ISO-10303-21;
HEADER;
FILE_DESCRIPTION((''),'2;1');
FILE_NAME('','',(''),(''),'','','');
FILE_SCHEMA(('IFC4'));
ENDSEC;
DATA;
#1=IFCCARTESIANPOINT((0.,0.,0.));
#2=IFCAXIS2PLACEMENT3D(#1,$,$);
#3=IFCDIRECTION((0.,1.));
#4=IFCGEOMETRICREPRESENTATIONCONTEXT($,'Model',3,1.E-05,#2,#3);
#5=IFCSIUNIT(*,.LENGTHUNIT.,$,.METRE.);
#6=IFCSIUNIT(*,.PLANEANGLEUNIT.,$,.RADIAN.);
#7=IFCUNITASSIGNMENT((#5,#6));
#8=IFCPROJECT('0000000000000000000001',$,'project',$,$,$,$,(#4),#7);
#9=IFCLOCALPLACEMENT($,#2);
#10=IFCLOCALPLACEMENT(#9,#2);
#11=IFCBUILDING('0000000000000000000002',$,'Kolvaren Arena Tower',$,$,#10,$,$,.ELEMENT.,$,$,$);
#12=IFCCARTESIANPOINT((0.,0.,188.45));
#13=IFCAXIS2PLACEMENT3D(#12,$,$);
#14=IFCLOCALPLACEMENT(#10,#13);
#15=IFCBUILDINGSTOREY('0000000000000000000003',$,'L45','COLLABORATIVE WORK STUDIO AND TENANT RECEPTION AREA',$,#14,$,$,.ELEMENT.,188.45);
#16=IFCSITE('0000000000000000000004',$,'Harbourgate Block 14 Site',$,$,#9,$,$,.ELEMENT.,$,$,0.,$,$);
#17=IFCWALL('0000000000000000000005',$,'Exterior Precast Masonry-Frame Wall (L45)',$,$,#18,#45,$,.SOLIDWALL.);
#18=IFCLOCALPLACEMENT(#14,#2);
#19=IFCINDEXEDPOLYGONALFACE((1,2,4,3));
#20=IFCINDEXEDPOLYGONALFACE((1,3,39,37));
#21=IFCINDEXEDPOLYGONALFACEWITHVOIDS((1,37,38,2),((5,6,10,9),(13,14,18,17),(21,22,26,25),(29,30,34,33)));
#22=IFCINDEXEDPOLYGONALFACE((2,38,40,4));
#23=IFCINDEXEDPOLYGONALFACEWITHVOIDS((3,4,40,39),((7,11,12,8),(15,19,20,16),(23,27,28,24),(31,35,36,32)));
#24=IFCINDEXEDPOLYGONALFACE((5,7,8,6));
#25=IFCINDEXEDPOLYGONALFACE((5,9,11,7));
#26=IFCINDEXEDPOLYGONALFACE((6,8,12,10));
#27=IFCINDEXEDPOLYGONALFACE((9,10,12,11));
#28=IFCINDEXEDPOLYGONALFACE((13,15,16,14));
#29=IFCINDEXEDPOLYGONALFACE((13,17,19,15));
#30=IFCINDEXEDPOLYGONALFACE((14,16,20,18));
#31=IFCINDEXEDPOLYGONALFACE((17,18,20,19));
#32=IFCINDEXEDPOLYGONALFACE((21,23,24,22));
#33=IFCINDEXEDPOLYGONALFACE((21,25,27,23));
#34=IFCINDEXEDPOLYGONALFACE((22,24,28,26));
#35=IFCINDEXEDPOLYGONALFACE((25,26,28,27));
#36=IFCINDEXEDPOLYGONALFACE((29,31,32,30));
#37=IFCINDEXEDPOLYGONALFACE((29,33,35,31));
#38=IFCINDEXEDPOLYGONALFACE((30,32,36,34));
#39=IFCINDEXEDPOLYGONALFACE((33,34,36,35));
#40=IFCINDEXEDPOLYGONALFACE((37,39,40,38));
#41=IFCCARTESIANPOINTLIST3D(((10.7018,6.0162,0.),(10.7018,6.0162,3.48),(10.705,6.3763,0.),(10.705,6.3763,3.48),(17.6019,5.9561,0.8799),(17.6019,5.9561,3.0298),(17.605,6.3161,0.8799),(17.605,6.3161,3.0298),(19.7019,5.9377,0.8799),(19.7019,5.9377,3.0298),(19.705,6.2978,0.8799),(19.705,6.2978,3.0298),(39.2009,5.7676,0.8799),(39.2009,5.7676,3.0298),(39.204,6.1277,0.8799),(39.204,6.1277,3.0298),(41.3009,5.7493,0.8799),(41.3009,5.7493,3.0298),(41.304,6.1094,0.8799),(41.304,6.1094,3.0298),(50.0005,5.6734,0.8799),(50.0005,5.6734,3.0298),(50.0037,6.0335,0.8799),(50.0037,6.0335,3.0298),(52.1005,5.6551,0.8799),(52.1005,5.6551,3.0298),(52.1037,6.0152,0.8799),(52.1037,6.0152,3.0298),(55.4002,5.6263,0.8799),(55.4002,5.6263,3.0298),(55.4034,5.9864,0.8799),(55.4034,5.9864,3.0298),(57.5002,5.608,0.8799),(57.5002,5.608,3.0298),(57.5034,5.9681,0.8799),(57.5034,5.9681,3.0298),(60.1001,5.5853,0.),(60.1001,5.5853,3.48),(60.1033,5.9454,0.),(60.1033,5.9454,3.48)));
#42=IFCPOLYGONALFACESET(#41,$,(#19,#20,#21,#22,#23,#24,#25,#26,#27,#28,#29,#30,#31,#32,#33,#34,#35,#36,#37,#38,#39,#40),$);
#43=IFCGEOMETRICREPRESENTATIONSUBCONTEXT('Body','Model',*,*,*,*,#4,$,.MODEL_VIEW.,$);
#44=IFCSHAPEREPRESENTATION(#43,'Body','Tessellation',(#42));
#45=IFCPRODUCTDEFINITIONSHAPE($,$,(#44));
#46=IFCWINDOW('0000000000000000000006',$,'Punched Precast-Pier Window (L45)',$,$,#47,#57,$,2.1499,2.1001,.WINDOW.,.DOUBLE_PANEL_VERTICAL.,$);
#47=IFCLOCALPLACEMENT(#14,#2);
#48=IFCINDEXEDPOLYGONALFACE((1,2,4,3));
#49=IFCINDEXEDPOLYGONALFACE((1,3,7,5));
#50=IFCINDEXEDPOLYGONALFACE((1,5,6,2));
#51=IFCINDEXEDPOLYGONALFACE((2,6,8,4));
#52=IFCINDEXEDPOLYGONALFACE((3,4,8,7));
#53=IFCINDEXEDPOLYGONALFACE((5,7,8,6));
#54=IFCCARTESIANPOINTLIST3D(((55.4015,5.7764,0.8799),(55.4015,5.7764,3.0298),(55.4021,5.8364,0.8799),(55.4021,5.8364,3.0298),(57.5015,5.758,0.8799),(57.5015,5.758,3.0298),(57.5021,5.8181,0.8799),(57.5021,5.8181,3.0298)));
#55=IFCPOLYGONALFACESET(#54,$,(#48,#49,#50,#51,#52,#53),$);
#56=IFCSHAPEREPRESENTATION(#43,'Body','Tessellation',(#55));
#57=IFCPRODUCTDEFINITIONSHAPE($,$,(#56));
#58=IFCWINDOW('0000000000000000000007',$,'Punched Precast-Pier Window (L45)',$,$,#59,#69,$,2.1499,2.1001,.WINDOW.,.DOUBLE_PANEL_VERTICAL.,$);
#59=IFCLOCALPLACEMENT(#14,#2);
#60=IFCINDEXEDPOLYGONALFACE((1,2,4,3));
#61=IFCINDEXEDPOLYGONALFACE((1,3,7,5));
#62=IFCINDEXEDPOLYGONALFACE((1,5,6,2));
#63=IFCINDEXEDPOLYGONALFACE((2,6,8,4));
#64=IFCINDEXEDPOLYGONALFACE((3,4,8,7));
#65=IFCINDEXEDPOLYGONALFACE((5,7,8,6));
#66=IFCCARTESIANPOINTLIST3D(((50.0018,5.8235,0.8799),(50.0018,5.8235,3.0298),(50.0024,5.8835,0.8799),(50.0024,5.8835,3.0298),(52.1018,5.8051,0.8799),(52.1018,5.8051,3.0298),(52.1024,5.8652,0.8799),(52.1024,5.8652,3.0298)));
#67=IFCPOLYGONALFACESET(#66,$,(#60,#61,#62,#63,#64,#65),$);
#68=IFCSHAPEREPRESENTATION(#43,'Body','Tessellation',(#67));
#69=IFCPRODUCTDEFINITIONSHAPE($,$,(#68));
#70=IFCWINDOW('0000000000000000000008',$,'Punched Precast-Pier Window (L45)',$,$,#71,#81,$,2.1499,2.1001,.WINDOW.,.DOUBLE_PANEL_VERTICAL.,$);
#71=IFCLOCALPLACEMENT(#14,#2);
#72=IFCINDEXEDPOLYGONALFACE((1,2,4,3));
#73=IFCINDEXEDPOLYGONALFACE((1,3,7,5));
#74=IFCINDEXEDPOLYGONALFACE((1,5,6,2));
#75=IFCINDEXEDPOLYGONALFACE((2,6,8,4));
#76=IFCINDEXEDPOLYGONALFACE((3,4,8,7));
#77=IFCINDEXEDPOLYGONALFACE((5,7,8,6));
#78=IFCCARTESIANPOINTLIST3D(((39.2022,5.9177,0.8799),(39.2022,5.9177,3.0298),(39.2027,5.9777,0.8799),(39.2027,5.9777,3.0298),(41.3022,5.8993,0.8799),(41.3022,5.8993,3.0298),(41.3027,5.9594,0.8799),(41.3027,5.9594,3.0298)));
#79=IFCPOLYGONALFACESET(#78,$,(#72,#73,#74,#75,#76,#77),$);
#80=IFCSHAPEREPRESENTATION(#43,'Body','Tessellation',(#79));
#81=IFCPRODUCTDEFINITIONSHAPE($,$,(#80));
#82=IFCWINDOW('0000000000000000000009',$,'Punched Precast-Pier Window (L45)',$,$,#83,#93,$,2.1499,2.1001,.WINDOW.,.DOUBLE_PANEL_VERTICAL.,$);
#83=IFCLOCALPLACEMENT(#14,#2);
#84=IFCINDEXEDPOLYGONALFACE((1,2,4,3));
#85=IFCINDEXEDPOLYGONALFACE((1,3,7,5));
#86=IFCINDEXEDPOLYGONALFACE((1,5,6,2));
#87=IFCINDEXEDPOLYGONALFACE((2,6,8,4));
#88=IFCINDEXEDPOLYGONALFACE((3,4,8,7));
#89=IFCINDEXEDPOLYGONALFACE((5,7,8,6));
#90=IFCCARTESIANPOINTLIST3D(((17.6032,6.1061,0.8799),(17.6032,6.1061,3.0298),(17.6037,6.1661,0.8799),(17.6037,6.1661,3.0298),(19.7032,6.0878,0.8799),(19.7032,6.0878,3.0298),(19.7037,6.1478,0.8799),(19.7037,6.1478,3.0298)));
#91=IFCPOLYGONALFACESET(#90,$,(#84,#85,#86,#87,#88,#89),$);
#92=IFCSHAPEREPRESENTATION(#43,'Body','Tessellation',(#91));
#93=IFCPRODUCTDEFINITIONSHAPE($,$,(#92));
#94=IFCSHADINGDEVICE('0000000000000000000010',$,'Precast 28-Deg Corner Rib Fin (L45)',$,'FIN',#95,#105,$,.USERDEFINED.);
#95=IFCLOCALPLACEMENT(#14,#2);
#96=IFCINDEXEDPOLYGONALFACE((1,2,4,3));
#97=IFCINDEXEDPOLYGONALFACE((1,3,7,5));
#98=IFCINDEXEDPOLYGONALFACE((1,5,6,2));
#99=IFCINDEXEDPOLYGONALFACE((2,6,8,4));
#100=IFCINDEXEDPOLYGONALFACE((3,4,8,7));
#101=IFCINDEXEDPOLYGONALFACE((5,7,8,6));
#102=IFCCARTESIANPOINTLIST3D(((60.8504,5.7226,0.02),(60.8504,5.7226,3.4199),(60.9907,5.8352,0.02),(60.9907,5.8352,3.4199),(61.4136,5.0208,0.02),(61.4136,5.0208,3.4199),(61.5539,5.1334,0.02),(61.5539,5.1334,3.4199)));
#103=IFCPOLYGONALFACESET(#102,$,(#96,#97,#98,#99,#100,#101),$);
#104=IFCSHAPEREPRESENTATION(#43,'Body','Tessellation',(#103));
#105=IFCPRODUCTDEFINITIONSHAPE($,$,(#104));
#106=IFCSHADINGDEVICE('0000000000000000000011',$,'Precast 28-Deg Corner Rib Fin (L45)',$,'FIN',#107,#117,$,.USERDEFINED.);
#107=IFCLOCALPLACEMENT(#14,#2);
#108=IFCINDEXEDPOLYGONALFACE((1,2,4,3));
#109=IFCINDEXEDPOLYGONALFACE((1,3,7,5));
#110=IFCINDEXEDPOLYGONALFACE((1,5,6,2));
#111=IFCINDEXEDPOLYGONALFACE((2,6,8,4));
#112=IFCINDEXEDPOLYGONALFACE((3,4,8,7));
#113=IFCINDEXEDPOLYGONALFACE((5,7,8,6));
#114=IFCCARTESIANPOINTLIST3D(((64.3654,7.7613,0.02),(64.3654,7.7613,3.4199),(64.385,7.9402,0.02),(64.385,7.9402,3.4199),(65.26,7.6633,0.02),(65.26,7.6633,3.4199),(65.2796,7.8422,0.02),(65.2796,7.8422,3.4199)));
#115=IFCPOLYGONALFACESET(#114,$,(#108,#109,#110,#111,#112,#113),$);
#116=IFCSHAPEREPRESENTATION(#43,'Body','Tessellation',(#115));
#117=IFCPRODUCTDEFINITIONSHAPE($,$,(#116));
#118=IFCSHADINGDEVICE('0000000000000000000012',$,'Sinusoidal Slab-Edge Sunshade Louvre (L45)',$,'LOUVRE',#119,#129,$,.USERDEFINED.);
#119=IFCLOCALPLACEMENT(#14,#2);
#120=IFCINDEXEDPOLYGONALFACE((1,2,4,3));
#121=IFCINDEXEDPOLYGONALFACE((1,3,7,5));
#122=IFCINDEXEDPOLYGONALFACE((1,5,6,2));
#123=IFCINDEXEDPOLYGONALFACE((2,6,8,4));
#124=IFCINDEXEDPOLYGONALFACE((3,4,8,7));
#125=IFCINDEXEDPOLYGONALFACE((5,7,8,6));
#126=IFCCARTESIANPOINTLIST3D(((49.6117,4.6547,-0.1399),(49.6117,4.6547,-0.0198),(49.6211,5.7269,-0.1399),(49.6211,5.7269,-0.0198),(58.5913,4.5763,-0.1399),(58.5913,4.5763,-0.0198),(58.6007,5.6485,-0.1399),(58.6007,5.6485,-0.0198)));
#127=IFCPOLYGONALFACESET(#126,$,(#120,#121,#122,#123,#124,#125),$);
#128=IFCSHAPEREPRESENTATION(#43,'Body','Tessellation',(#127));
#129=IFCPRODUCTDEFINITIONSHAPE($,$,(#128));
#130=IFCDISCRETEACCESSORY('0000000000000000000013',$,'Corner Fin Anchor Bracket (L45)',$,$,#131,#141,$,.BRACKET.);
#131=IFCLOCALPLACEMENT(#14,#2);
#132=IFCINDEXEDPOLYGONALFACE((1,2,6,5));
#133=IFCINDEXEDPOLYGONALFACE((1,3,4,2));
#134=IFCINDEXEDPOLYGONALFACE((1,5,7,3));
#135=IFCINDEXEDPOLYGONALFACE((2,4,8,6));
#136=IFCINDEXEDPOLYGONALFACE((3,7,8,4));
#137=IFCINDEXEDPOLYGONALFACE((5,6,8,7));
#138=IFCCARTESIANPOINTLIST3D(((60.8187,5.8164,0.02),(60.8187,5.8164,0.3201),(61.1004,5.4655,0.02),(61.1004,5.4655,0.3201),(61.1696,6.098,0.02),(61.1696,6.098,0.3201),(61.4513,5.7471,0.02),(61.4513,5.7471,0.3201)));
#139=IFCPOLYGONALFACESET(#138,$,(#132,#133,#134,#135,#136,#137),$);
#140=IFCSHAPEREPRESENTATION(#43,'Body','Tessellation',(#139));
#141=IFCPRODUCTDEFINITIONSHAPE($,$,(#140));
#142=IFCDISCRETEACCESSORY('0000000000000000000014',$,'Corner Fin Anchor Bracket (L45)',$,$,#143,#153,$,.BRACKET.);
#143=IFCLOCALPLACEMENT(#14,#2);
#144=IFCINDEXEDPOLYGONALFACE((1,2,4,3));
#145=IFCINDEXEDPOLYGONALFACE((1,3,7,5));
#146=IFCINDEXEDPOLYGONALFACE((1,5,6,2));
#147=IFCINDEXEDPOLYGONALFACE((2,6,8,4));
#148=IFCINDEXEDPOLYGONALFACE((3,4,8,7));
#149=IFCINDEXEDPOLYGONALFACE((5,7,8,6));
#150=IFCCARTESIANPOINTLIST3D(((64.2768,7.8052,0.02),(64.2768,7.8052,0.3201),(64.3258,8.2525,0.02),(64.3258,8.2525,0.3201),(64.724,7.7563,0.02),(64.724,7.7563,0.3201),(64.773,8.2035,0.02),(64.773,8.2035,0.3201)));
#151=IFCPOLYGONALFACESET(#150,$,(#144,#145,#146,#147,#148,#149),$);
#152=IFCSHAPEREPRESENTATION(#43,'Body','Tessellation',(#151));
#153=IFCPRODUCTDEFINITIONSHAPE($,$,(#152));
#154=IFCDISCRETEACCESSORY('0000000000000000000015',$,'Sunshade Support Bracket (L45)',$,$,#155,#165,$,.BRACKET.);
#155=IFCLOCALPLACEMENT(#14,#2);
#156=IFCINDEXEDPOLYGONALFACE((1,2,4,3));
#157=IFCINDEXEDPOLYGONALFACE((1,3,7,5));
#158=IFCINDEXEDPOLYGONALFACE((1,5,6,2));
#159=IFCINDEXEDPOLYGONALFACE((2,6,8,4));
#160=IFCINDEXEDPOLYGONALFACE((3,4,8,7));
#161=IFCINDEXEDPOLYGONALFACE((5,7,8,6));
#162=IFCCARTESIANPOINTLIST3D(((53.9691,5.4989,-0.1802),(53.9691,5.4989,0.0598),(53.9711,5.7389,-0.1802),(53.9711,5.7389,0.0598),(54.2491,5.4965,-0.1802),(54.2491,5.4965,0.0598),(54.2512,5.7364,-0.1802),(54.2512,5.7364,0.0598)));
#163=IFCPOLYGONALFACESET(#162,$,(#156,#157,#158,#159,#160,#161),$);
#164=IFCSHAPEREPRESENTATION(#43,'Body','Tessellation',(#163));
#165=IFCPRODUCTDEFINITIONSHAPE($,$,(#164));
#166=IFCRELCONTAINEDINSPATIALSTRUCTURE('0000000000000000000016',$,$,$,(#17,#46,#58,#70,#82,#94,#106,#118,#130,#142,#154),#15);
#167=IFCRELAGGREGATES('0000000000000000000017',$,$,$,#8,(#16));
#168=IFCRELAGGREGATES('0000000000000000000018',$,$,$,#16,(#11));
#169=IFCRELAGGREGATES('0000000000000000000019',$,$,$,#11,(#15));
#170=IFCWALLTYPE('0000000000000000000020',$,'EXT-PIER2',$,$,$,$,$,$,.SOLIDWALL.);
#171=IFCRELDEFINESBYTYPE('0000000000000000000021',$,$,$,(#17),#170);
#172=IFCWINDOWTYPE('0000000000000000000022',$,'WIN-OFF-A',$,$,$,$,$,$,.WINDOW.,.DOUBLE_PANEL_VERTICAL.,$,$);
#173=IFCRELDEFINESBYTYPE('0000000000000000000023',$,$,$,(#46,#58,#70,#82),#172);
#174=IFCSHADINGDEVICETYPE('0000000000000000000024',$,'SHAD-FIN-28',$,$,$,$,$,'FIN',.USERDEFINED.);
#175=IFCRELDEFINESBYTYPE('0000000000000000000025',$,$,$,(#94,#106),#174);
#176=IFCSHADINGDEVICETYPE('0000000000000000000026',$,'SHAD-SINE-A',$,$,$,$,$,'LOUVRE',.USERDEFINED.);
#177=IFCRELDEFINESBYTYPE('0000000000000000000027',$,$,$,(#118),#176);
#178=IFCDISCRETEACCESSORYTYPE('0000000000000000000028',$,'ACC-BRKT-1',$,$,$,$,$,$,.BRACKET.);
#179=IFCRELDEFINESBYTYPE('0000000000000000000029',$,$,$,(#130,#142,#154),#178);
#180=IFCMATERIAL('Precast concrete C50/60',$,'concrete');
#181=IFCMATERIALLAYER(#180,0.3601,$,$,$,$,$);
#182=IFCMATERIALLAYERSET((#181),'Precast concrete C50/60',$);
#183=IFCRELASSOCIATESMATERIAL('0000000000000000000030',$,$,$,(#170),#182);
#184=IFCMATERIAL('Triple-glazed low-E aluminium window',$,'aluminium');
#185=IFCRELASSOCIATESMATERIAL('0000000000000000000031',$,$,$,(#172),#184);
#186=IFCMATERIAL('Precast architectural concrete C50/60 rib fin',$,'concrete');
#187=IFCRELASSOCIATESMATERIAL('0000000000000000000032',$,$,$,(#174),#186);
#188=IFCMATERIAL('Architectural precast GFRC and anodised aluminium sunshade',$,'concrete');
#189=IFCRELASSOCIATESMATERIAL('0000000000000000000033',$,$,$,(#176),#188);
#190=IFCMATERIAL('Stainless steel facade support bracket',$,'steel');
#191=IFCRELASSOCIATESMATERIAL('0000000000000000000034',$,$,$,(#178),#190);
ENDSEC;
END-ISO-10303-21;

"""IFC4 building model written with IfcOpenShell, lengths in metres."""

from ifc_helpers import new_model, si_unit, direction, frame, frame_2d, origin, origin_2d, place, context, subcontext, project, spatial, rectangle, extrude, material, layer, layer_set, type_object, element, fill, save


model = new_model("IFC4")

# Units and contexts
model_context = context("Model", 3, precision=1e-05, world=origin(), true_north=direction((0.0, 1.0)))
body_context = subcontext(model_context, "Body", "Model", "MODEL_VIEW")
ifc_project = project(units=[si_unit("LENGTHUNIT", "METRE"), si_unit("PLANEANGLEUNIT", "RADIAN")], contexts=[model_context])

# Site, building, storey
site_placement = place(None, origin())
site = spatial("IfcSite", under=ifc_project, at=site_placement, Name="Harbourgate Block 14 Site", CompositionType="ELEMENT", RefElevation=0.0)
building_placement = place(site_placement, origin())
building = spatial("IfcBuilding", under=site, at=building_placement, Name="Kolvaren Arena Tower", CompositionType="ELEMENT")
storey_placement = place(building_placement, frame((0.0, 0.0, 188.45)))
storey = spatial("IfcBuildingStorey", under=building, at=storey_placement, Name="L45", Description="COLLABORATIVE WORK STUDIO AND TENANT RECEPTION AREA", CompositionType="ELEMENT", Elevation=188.45)

# Shared definitions
ifc_material_1 = material(Name="Precast concrete C50/60", Category="concrete")
ifc_layer_1 = layer(ifc_material_1, 0.3601)
ifc_layer_set_1 = layer_set([ifc_layer_1], Name="Precast concrete C50/60")
wall_type_1 = type_object("IfcWallType", Name="EXT-PIER2", PredefinedType="SOLIDWALL", material=ifc_layer_set_1)

# Wall, openings, windows
wall_1_placement = place(storey_placement, frame((60.1018, 5.7654, 0.0), z_axis=(0.0, 0.0, 1.0), x_axis=(-0.999962, 0.008723, 0.0)))
wall_1 = element("IfcWall", 1, at=wall_1_placement, inside=storey, type_object=wall_type_1, Name="Exterior Precast Masonry-Frame Wall (L45)", PredefinedType="SOLIDWALL", context=body_context, shape_type="SweptSolid", body=[
    extrude(rectangle(XDim=49.4001, YDim=0.3601, at=frame_2d((24.7002, 0.0))), origin(), (0.0, 0.0, 1.0), 3.48),
])
opening_1_placement = place(wall_1_placement, frame((2.6001, 0.0, 0.8799)))
opening_1 = element("IfcOpeningElement", 2, at=opening_1_placement, cuts=wall_1, PredefinedType="OPENING", context=body_context, shape_type="SweptSolid", body=[
    extrude(rectangle(XDim=2.1001, YDim=2.1499, at=frame_2d((1.05, 1.075))), frame((0.0, 0.1899, 0.0), z_axis=(0.0, -1.0, 0.0), x_axis=(1.0, 0.0, 0.0)), (0.0, 0.0, 1.0), 0.3801),
])
opening_2_placement = place(wall_1_placement, frame((8.0, 0.0, 0.8799)))
opening_2 = element("IfcOpeningElement", 3, at=opening_2_placement, cuts=wall_1, PredefinedType="OPENING", context=body_context, shape_type="SweptSolid", body=[
    extrude(rectangle(XDim=2.1001, YDim=2.1499, at=frame_2d((1.05, 1.075))), frame((0.0, 0.1899, 0.0), z_axis=(0.0, -1.0, 0.0), x_axis=(1.0, 0.0, 0.0)), (0.0, 0.0, 1.0), 0.3801),
])
opening_3_placement = place(wall_1_placement, frame((18.8, 0.0, 0.8799)))
opening_3 = element("IfcOpeningElement", 4, at=opening_3_placement, cuts=wall_1, PredefinedType="OPENING", context=body_context, shape_type="SweptSolid", body=[
    extrude(rectangle(XDim=2.1001, YDim=2.1499, at=frame_2d((1.05, 1.075))), frame((0.0, 0.1899, 0.0), z_axis=(0.0, -1.0, 0.0), x_axis=(1.0, 0.0, 0.0)), (0.0, 0.0, 1.0), 0.3801),
])
opening_4_placement = place(wall_1_placement, frame((40.3999, 0.0, 0.8799)))
opening_4 = element("IfcOpeningElement", 5, at=opening_4_placement, cuts=wall_1, PredefinedType="OPENING", context=body_context, shape_type="SweptSolid", body=[
    extrude(rectangle(XDim=2.1001, YDim=2.1499, at=frame_2d((1.05, 1.075))), frame((0.0, 0.1899, 0.0), z_axis=(0.0, -1.0, 0.0), x_axis=(1.0, 0.0, 0.0)), (0.0, 0.0, 1.0), 0.3801),
])
ifc_material_2 = material(Name="Triple-glazed low-E aluminium window", Category="aluminium")
window_type = type_object("IfcWindowType", Name="WIN-OFF-A", PartitioningType="DOUBLE_PANEL_VERTICAL", PredefinedType="WINDOW", material=ifc_material_2)
window_1_placement = place(opening_1_placement, origin())
window_1 = element("IfcWindow", 6, at=window_1_placement, inside=storey, type_object=window_type, Name="Punched Precast-Pier Window (L45)", OverallHeight=2.1499, OverallWidth=2.1001, PartitioningType="DOUBLE_PANEL_VERTICAL", PredefinedType="WINDOW", context=body_context, shape_type="SweptSolid", body=[
    extrude(rectangle(XDim=2.1001, YDim=2.1499, at=frame_2d((1.05, 1.075))), frame((0.0, 0.03, 0.0), z_axis=(0.0, -1.0, 0.0), x_axis=(1.0, 0.0, 0.0)), (0.0, 0.0, 1.0), 0.0601),
])
fill(opening_1, window_1)
window_2_placement = place(opening_2_placement, origin())
window_2 = element("IfcWindow", 7, at=window_2_placement, inside=storey, type_object=window_type, Name="Punched Precast-Pier Window (L45)", OverallHeight=2.1499, OverallWidth=2.1001, PartitioningType="DOUBLE_PANEL_VERTICAL", PredefinedType="WINDOW", context=body_context, shape_type="SweptSolid", body=[
    extrude(rectangle(XDim=2.1001, YDim=2.1499, at=frame_2d((1.05, 1.075))), frame((0.0, 0.03, 0.0), z_axis=(0.0, -1.0, 0.0), x_axis=(1.0, 0.0, 0.0)), (0.0, 0.0, 1.0), 0.0601),
])
fill(opening_2, window_2)
window_3_placement = place(opening_3_placement, origin())
window_3 = element("IfcWindow", 8, at=window_3_placement, inside=storey, type_object=window_type, Name="Punched Precast-Pier Window (L45)", OverallHeight=2.1499, OverallWidth=2.1001, PartitioningType="DOUBLE_PANEL_VERTICAL", PredefinedType="WINDOW", context=body_context, shape_type="SweptSolid", body=[
    extrude(rectangle(XDim=2.1001, YDim=2.1499, at=frame_2d((1.05, 1.075))), frame((0.0, 0.03, 0.0), z_axis=(0.0, -1.0, 0.0), x_axis=(1.0, 0.0, 0.0)), (0.0, 0.0, 1.0), 0.0601),
])
fill(opening_3, window_3)
window_4_placement = place(opening_4_placement, origin())
window_4 = element("IfcWindow", 9, at=window_4_placement, inside=storey, type_object=window_type, Name="Punched Precast-Pier Window (L45)", OverallHeight=2.1499, OverallWidth=2.1001, PartitioningType="DOUBLE_PANEL_VERTICAL", PredefinedType="WINDOW", context=body_context, shape_type="SweptSolid", body=[
    extrude(rectangle(XDim=2.1001, YDim=2.1499, at=frame_2d((1.05, 1.075))), frame((0.0, 0.03, 0.0), z_axis=(0.0, -1.0, 0.0), x_axis=(1.0, 0.0, 0.0)), (0.0, 0.0, 1.0), 0.0601),
])
fill(opening_4, window_4)

# Shading devices
ifc_material_3 = material(Name="Precast architectural concrete C50/60 rib fin", Category="concrete")
shading_device_type_1 = type_object("IfcShadingDeviceType", Name="SHAD-FIN-28", ElementType="FIN", PredefinedType="USERDEFINED", material=ifc_material_3)
for number, where, z_axis, x_axis, name in (
    (10, (61.2021, 5.428, 0.02), (0.0, 0.0, 1.0), (0.625923, -0.779884, 0.0), "Precast 28-Deg Corner Rib Fin (L45)"),
    (11, (64.8225, 7.8018, 0.02), (0.0, 0.0, 1.0), (0.994057, -0.108862, 0.0), "Precast 28-Deg Corner Rib Fin (L45)"),
):
    element("IfcShadingDevice", number, at=place(storey_placement, frame(where, z_axis=z_axis, x_axis=x_axis)), inside=storey, type_object=shading_device_type_1, Name=name, ObjectType="FIN", PredefinedType="USERDEFINED", context=body_context, shape_type="SweptSolid", body=[
        extrude(rectangle(XDim=0.8999, YDim=0.1799, at=origin_2d()), origin(), (0.0, 0.0, 1.0), 3.3999),
    ])
ifc_material_4 = material(Name="Architectural precast GFRC and anodised aluminium sunshade", Category="concrete")
shading_device_type_2 = type_object("IfcShadingDeviceType", Name="SHAD-SINE-A", ElementType="LOUVRE", PredefinedType="USERDEFINED", material=ifc_material_4)
shading_device_placement = place(storey_placement, frame((54.1062, 5.1516, -0.1399), z_axis=(0.0, 0.0, 1.0), x_axis=(-0.999962, 0.008727, 0.0)))
element("IfcShadingDevice", 12, at=shading_device_placement, inside=storey, type_object=shading_device_type_2, Name="Sinusoidal Slab-Edge Sunshade Louvre (L45)", ObjectType="LOUVRE", PredefinedType="USERDEFINED", context=body_context, shape_type="SweptSolid", body=[
    extrude(rectangle(XDim=8.98, YDim=1.0723, at=origin_2d()), origin(), (0.0, 0.0, 1.0), 0.1201),
])

# Discrete accessories
ifc_material_5 = material(Name="Stainless steel facade support bracket", Category="steel")
discrete_accessory_type = type_object("IfcDiscreteAccessoryType", Name="ACC-BRKT-1", PredefinedType="BRACKET", material=ifc_material_5)
for number, where, z_axis, x_axis, name in (
    (13, (61.135, 5.7817, 0.02), (0.0, 0.0, 1.0), (0.625923, -0.779884, 0.0), "Corner Fin Anchor Bracket (L45)"),
    (14, (64.5249, 8.0044, 0.02), (0.0, 0.0, 1.0), (0.994057, -0.108862, 0.0), "Corner Fin Anchor Bracket (L45)"),
):
    element("IfcDiscreteAccessory", number, at=place(storey_placement, frame(where, z_axis=z_axis, x_axis=x_axis)), inside=storey, type_object=discrete_accessory_type, Name=name, PredefinedType="BRACKET", context=body_context, shape_type="SweptSolid", body=[
        extrude(rectangle(XDim=0.45, YDim=0.45, at=origin_2d()), origin(), (0.0, 0.0, 1.0), 0.3),
    ])
discrete_accessory_placement = place(storey_placement, frame((54.1101, 5.6177, -0.1802), z_axis=(0.0, 0.0, 1.0), x_axis=(-0.999962, 0.008727, 0.0)))
element("IfcDiscreteAccessory", 15, at=discrete_accessory_placement, inside=storey, type_object=discrete_accessory_type, Name="Sunshade Support Bracket (L45)", PredefinedType="BRACKET", context=body_context, shape_type="SweptSolid", body=[
    extrude(rectangle(XDim=0.28, YDim=0.24, at=origin_2d()), origin(), (0.0, 0.0, 1.0), 0.24),
])

save(model, "model.ifc")
